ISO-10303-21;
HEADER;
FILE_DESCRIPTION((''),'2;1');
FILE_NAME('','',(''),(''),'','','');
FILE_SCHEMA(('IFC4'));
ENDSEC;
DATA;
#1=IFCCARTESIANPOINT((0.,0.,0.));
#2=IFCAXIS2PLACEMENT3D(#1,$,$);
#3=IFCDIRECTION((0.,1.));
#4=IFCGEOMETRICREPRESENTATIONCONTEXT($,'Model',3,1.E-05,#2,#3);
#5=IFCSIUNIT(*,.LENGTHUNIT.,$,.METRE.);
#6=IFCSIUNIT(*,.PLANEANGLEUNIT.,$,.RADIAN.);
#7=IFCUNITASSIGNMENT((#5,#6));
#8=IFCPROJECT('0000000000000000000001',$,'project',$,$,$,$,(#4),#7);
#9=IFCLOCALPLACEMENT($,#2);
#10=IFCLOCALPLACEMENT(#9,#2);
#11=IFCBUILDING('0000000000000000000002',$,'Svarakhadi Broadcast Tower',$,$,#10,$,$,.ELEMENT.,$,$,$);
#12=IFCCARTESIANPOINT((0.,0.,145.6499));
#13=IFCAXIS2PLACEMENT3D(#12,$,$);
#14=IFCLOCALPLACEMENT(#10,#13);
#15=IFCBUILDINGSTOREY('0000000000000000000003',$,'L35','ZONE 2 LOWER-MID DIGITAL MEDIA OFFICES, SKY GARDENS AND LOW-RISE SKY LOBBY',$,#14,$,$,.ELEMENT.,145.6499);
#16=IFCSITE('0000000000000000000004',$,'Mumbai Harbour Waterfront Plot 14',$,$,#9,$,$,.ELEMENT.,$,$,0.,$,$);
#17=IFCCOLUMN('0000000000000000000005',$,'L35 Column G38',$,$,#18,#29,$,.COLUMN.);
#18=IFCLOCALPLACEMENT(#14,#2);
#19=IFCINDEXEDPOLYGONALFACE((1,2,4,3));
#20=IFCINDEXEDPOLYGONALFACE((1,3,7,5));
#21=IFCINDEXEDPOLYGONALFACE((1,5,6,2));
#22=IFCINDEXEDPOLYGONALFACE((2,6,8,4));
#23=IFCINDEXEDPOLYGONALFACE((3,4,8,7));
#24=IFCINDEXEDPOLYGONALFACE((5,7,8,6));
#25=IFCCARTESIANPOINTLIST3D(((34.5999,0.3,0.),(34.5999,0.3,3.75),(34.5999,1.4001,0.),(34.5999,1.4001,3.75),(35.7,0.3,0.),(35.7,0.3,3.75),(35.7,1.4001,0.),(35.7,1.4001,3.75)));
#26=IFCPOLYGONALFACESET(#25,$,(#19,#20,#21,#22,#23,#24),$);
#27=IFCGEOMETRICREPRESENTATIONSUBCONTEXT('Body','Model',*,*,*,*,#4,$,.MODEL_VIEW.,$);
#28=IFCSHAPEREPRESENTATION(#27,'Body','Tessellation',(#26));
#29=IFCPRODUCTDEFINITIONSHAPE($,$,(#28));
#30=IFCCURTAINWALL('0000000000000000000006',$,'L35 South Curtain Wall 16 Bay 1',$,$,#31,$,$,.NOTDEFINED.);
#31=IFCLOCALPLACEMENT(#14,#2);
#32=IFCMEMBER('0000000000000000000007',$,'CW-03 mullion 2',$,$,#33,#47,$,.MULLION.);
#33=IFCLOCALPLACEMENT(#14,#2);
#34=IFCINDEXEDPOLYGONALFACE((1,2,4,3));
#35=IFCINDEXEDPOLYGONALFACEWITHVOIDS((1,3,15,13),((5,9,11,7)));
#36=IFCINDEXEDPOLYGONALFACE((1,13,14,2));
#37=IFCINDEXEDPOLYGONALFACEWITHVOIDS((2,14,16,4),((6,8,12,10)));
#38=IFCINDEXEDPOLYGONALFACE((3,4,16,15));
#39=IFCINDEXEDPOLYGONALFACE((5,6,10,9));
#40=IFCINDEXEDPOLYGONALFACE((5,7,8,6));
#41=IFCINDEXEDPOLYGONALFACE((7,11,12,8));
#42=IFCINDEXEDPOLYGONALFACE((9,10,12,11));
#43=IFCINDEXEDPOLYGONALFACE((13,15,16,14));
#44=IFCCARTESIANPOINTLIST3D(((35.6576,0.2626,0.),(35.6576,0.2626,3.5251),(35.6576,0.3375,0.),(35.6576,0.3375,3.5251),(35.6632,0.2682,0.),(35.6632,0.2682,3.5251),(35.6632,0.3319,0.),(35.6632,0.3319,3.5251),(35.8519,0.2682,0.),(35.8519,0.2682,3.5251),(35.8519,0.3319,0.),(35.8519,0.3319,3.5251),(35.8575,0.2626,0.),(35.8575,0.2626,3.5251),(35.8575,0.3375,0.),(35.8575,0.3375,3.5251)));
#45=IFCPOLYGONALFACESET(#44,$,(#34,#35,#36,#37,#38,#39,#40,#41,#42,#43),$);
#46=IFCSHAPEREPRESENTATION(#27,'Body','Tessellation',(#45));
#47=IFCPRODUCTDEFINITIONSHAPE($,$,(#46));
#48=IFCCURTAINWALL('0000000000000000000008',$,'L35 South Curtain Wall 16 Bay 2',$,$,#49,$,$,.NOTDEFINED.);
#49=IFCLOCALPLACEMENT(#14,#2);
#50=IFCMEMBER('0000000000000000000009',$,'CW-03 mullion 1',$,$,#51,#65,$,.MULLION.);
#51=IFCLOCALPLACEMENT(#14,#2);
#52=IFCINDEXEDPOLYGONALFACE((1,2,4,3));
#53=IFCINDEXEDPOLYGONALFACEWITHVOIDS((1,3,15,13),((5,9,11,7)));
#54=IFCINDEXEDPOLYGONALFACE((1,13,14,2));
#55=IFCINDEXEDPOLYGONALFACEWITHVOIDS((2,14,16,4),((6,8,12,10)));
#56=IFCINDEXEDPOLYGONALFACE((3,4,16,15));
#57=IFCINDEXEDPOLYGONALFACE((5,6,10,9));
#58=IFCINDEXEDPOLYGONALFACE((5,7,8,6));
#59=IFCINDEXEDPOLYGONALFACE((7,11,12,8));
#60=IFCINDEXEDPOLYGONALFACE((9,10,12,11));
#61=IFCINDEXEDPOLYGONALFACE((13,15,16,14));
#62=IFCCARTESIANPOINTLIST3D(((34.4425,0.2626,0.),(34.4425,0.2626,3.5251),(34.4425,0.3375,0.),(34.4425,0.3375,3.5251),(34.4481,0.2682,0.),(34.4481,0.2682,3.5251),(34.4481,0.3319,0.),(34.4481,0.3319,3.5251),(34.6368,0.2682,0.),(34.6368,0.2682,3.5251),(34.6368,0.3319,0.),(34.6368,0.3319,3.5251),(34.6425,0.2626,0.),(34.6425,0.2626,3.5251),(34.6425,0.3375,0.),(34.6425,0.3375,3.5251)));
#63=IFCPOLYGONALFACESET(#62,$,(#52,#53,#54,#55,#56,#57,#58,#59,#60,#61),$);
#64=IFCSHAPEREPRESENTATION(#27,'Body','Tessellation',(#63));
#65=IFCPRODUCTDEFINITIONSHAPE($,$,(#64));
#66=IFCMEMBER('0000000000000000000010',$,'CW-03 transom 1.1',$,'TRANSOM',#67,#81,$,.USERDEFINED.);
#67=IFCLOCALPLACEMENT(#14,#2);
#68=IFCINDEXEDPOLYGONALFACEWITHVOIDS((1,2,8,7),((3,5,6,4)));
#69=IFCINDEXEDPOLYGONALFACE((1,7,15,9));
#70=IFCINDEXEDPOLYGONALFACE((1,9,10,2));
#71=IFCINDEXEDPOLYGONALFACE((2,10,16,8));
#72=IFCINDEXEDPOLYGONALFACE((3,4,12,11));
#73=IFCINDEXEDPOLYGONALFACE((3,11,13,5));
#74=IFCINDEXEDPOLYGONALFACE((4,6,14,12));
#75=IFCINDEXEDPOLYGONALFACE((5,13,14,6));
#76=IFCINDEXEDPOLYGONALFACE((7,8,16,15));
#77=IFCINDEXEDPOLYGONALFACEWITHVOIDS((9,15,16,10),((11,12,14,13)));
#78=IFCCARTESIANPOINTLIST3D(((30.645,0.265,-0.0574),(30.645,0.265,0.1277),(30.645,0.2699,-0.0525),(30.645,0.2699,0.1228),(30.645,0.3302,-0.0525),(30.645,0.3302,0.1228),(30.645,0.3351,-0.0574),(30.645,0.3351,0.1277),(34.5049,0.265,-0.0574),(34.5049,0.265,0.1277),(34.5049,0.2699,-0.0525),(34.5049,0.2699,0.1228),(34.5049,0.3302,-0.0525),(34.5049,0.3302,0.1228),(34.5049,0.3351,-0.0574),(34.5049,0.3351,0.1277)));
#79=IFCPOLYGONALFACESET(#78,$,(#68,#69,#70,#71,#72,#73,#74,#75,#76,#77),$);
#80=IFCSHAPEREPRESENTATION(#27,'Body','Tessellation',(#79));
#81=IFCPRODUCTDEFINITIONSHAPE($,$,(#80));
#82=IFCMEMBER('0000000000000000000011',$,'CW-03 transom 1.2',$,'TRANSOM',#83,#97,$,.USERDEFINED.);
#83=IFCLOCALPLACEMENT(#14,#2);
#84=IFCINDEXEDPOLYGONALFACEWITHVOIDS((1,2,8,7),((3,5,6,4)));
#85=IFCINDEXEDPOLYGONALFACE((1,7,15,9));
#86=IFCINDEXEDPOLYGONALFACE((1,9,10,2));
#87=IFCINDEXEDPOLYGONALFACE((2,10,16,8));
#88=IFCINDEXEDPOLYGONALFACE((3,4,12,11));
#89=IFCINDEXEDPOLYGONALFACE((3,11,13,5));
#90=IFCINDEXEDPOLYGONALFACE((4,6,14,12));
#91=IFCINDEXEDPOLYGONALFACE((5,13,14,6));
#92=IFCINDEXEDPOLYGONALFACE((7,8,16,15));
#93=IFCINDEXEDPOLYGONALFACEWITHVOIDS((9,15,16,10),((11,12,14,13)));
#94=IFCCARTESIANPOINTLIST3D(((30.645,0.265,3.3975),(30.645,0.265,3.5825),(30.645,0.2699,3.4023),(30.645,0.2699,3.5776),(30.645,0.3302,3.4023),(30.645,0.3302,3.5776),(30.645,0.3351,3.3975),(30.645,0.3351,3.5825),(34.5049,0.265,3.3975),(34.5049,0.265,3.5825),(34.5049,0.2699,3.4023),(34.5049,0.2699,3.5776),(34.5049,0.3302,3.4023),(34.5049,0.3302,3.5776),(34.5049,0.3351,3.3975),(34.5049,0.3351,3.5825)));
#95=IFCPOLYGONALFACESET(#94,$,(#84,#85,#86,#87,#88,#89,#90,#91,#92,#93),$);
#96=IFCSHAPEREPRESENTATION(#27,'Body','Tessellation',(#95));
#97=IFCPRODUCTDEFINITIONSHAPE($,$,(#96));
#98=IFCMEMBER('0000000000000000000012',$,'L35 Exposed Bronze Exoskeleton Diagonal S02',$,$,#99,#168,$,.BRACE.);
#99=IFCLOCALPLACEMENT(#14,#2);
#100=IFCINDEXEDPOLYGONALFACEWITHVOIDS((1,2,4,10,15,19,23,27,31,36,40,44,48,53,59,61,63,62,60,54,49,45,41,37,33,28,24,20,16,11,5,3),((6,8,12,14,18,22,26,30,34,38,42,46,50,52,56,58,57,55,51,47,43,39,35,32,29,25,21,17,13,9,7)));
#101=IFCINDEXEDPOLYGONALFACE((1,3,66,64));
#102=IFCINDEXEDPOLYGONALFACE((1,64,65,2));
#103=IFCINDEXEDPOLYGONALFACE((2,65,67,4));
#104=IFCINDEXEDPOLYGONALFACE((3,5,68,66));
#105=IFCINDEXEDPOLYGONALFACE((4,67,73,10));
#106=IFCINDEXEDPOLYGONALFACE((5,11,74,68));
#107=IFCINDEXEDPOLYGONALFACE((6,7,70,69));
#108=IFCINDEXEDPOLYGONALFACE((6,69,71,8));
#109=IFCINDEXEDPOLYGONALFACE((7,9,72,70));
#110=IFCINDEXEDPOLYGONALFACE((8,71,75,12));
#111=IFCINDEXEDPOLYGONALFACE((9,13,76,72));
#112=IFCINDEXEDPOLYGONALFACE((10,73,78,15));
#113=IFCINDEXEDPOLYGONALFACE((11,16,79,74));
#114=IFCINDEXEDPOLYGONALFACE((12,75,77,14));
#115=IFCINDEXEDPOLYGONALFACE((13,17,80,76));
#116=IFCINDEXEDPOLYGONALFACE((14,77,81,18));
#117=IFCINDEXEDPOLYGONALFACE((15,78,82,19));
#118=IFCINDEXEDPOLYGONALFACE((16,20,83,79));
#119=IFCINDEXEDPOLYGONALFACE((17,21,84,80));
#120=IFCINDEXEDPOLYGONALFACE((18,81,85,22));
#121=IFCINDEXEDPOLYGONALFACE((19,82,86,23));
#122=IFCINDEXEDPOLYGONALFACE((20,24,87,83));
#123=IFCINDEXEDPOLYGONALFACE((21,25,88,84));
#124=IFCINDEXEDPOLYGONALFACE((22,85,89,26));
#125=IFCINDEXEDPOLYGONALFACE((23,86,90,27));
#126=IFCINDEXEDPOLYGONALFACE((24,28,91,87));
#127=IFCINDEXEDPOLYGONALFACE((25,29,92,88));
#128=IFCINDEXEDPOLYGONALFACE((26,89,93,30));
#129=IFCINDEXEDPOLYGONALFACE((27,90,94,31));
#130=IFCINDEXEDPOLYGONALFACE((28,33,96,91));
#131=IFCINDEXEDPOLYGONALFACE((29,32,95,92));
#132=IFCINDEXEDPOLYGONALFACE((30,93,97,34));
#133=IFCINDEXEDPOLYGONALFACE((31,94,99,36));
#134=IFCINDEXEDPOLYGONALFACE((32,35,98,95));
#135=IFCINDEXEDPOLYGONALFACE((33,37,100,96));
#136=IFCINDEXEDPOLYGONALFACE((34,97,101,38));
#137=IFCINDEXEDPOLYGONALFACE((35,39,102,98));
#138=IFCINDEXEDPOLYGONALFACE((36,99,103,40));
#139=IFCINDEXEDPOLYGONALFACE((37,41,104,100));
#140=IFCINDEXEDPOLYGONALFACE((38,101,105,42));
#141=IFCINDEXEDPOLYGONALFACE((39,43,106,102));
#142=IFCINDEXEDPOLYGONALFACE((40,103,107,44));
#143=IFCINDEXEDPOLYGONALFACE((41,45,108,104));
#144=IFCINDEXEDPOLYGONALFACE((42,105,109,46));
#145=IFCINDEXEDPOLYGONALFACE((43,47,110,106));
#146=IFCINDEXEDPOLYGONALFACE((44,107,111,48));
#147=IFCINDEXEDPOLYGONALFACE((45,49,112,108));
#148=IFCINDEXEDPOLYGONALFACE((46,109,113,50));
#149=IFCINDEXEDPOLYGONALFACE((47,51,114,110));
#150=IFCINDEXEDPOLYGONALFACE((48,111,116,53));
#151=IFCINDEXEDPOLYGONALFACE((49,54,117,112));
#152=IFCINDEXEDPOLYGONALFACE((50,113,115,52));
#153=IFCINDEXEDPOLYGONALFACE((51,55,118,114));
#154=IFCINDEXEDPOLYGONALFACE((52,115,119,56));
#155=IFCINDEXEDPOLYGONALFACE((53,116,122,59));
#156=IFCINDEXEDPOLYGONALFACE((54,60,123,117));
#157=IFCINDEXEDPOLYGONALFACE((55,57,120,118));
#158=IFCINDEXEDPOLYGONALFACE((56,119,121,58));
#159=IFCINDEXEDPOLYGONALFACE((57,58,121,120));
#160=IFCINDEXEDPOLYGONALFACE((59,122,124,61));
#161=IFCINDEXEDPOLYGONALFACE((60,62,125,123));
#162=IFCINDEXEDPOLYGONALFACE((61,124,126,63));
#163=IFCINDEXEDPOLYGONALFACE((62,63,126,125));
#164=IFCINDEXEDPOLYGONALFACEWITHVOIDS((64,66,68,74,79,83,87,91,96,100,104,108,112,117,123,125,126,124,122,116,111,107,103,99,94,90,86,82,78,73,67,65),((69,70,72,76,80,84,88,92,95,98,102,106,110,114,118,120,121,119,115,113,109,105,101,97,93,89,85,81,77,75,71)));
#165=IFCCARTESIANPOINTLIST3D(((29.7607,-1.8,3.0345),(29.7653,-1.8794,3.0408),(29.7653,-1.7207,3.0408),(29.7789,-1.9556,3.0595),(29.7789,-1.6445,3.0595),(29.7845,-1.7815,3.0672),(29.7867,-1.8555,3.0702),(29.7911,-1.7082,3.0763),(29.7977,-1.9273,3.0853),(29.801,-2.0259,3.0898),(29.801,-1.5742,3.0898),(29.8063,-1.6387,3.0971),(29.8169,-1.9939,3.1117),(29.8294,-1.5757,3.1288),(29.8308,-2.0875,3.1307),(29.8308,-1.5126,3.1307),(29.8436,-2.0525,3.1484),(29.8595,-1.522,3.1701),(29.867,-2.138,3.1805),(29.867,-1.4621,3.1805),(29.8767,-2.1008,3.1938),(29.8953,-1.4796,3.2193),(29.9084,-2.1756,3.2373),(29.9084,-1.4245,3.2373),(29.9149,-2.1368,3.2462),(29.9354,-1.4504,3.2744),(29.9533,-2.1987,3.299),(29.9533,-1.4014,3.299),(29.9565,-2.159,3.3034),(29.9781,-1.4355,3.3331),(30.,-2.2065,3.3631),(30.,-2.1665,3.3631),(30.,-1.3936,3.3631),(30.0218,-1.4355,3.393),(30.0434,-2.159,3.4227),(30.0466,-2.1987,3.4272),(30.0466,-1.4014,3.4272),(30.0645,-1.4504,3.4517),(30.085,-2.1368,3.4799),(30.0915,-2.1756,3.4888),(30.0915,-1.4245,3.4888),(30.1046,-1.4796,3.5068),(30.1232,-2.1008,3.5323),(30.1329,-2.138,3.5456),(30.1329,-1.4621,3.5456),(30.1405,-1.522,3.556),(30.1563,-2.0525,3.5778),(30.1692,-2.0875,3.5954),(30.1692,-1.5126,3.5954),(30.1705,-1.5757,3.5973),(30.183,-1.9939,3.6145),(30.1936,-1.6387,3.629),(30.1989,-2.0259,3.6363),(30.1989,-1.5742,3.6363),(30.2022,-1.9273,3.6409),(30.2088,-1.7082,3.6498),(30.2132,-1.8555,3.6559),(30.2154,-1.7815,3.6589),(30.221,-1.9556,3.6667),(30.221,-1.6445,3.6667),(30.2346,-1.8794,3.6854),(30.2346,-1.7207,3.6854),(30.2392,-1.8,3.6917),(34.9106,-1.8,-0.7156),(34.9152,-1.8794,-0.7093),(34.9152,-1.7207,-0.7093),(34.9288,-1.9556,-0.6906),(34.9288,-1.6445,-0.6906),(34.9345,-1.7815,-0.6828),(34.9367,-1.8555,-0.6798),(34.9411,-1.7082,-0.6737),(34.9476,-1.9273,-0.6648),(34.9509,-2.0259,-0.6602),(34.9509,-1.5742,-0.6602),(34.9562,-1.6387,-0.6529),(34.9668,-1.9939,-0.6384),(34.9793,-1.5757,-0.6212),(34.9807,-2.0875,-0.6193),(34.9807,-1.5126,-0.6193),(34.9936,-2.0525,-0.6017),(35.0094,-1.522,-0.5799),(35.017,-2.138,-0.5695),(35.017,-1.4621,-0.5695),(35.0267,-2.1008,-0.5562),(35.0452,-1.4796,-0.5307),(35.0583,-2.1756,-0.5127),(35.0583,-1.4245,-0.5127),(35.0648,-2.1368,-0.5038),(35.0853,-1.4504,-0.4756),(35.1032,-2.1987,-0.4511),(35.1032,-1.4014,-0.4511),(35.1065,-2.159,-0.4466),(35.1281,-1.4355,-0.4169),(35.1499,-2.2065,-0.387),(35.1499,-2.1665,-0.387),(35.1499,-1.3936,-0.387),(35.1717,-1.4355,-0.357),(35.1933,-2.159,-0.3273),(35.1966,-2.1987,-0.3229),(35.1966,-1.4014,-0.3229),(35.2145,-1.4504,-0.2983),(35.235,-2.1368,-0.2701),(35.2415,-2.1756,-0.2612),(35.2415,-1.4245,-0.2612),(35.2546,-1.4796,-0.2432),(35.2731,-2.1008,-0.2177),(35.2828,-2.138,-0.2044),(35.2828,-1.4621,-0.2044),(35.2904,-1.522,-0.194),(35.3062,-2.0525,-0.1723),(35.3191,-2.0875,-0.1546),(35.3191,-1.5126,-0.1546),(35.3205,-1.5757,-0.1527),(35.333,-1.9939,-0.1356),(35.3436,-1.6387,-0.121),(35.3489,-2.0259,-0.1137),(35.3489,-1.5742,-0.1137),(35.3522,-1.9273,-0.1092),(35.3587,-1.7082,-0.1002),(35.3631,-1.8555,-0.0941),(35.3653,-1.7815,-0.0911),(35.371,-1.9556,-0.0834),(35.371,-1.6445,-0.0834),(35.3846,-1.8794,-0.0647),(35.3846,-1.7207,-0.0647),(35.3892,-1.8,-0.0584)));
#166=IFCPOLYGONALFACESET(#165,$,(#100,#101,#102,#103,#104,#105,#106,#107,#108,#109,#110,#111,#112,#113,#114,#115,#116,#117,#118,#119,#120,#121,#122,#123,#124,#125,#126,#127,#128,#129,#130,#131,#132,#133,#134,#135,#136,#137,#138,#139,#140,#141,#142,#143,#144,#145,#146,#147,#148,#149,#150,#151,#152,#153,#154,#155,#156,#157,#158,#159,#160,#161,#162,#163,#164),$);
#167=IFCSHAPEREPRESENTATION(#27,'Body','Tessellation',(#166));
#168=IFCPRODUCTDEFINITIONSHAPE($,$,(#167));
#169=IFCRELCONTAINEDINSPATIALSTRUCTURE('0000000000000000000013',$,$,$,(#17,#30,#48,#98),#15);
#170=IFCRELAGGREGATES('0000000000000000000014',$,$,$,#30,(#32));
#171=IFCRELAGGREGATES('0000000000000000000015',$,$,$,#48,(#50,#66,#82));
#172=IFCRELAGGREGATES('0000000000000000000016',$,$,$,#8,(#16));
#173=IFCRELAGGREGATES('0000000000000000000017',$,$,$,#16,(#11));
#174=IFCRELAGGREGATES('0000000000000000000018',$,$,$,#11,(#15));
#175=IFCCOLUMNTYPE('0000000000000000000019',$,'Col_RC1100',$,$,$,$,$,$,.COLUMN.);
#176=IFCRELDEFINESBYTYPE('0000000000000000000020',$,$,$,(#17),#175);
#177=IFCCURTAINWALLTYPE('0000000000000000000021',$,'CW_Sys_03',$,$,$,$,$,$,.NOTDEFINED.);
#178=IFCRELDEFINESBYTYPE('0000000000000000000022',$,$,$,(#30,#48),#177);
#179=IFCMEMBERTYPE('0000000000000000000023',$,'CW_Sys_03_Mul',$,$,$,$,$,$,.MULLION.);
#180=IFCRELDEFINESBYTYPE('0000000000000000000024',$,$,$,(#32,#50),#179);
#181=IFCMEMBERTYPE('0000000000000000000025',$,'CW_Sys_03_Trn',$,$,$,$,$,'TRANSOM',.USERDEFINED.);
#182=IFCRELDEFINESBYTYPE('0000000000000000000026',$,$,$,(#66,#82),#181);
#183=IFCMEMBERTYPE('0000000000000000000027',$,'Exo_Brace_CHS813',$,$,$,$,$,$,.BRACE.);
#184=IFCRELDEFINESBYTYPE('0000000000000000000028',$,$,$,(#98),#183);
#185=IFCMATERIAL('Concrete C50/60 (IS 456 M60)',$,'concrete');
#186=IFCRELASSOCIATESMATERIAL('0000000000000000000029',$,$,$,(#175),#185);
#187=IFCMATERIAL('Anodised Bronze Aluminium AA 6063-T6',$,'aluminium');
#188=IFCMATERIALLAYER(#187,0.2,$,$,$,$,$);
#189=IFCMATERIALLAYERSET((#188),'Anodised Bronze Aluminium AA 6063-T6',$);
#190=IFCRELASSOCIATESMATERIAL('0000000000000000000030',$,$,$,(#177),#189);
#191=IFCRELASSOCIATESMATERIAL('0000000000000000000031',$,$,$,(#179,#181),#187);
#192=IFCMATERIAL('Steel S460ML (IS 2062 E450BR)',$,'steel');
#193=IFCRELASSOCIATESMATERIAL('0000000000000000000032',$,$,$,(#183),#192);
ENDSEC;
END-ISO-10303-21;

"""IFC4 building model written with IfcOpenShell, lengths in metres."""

from ifc_helpers import new_model, si_unit, direction, frame, origin, origin_2d, place, context, subcontext, project, spatial, rectangle, hollow_rectangle, hollow_circle, extrude, material, layer, layer_set, material_profile, profile_set, type_object, element, aggregate, save


model = new_model("IFC4")

# Units and contexts
model_context = context("Model", 3, precision=1e-05, world=origin(), true_north=direction((0.0, 1.0)))
body_context = subcontext(model_context, "Body", "Model", "MODEL_VIEW")
ifc_project = project(units=[si_unit("LENGTHUNIT", "METRE"), si_unit("PLANEANGLEUNIT", "RADIAN")], contexts=[model_context])

# Site, building, storey
site_placement = place(None, origin())
site = spatial("IfcSite", under=ifc_project, at=site_placement, Name="Mumbai Harbour Waterfront Plot 14", CompositionType="ELEMENT", RefElevation=0.0)
building_placement = place(site_placement, origin())
building = spatial("IfcBuilding", under=site, at=building_placement, Name="Svarakhadi Broadcast Tower", CompositionType="ELEMENT")
storey_placement = place(building_placement, frame((0.0, 0.0, 145.6499)))
storey = spatial("IfcBuildingStorey", under=building, at=storey_placement, Name="L35", Description="ZONE 2 LOWER-MID DIGITAL MEDIA OFFICES, SKY GARDENS AND LOW-RISE SKY LOBBY", CompositionType="ELEMENT", Elevation=145.6499)

# Column
ifc_material_1 = material(Name="Concrete C50/60 (IS 456 M60)", Category="concrete")
ifc_material_profile_1 = material_profile(ifc_material_1, rectangle(XDim=1.1001, YDim=1.1001, at=origin_2d()), Name="RC 1100x1100")
ifc_profile_set_1 = profile_set([ifc_material_profile_1], Name="Concrete C50/60 (IS 456 M60)")
column_type = type_object("IfcColumnType", Name="Col_RC1100", PredefinedType="COLUMN", material=ifc_profile_set_1)
column_placement = place(storey_placement, frame((35.1499, 0.8501, 0.0), z_axis=(0.0, 0.0, 1.0), x_axis=(1.0, 0.0, 0.0)))
element("IfcColumn", 1, at=column_placement, inside=storey, type_object=column_type, Name="L35 Column G38", PredefinedType="COLUMN", context=body_context, shape_type="SweptSolid", body=[
    extrude(rectangle(XDim=1.1001, YDim=1.1001, at=origin_2d()), origin(), (0.0, 0.0, 1.0), 3.75),
])

# Curtain wall, member
ifc_material_2 = material(Name="Anodised Bronze Aluminium AA 6063-T6", Category="aluminium")
ifc_layer_1 = layer(ifc_material_2, 0.2)
ifc_layer_set_1 = layer_set([ifc_layer_1], Name="Anodised Bronze Aluminium AA 6063-T6")
curtain_wall_type = type_object("IfcCurtainWallType", Name="CW_Sys_03", PredefinedType="NOTDEFINED", material=ifc_layer_set_1)
curtain_wall_1_placement = place(storey_placement, origin())
curtain_wall_1 = element("IfcCurtainWall", 2, at=curtain_wall_1_placement, inside=storey, type_object=curtain_wall_type, Name="L35 South Curtain Wall 16 Bay 1", PredefinedType="NOTDEFINED")
ifc_material_profile_2 = material_profile(ifc_material_2, hollow_rectangle(XDim=0.075, YDim=0.2, WallThickness=0.0056, at=origin_2d()), Name="ALU MULLION 200x75x6")
ifc_profile_set_2 = profile_set([ifc_material_profile_2], Name="Anodised Bronze Aluminium AA 6063-T6")
member_type_1 = type_object("IfcMemberType", Name="CW_Sys_03_Mul", PredefinedType="MULLION", material=ifc_profile_set_2)
member_1_placement = place(storey_placement, frame((35.7576, 0.3, 0.0), z_axis=(0.0, 0.0, 1.0), x_axis=(0.0, -1.0, 0.0)))
member_1 = element("IfcMember", 3, at=member_1_placement, type_object=member_type_1, Name="CW-03 mullion 2", PredefinedType="MULLION", context=body_context, shape_type="SweptSolid", body=[
    extrude(hollow_rectangle(XDim=0.075, YDim=0.2, WallThickness=0.0056, at=origin_2d()), origin(), (0.0, 0.0, 1.0), 3.5251),
])
aggregate(curtain_wall_1, [member_1])

# Curtain wall, members
curtain_wall_2_placement = place(storey_placement, origin())
curtain_wall_2 = element("IfcCurtainWall", 4, at=curtain_wall_2_placement, inside=storey, type_object=curtain_wall_type, Name="L35 South Curtain Wall 16 Bay 2", PredefinedType="NOTDEFINED")
member_2_placement = place(storey_placement, frame((34.5425, 0.3, 0.0), z_axis=(0.0, 0.0, 1.0), x_axis=(0.0, -1.0, 0.0)))
member_2 = element("IfcMember", 5, at=member_2_placement, type_object=member_type_1, Name="CW-03 mullion 1", PredefinedType="MULLION", context=body_context, shape_type="SweptSolid", body=[
    extrude(hollow_rectangle(XDim=0.075, YDim=0.2, WallThickness=0.0056, at=origin_2d()), origin(), (0.0, 0.0, 1.0), 3.5251),
])
ifc_material_profile_3 = material_profile(ifc_material_2, hollow_rectangle(XDim=0.0701, YDim=0.1851, WallThickness=0.0049, at=origin_2d()), Name="ALU TRANSOM 185x70x5")
ifc_profile_set_3 = profile_set([ifc_material_profile_3], Name="Anodised Bronze Aluminium AA 6063-T6")
member_type_2 = type_object("IfcMemberType", Name="CW_Sys_03_Trn", ElementType="TRANSOM", PredefinedType="USERDEFINED", material=ifc_profile_set_3)
member_3_placement = place(storey_placement, frame((34.5049, 0.3, 0.0352), z_axis=(-1.0, 0.0, 0.0), x_axis=(0.0, -1.0, 0.0)))
member_3 = element("IfcMember", 6, at=member_3_placement, type_object=member_type_2, Name="CW-03 transom 1.1", ObjectType="TRANSOM", PredefinedType="USERDEFINED", context=body_context, shape_type="SweptSolid", body=[
    extrude(hollow_rectangle(XDim=0.0701, YDim=0.1851, WallThickness=0.0049, at=origin_2d()), origin(), (0.0, 0.0, 1.0), 3.8599),
])
member_4_placement = place(storey_placement, frame((34.5049, 0.3, 3.49), z_axis=(-1.0, 0.0, 0.0), x_axis=(0.0, -1.0, 0.0)))
member_4 = element("IfcMember", 7, at=member_4_placement, type_object=member_type_2, Name="CW-03 transom 1.2", ObjectType="TRANSOM", PredefinedType="USERDEFINED", context=body_context, shape_type="SweptSolid", body=[
    extrude(hollow_rectangle(XDim=0.0701, YDim=0.1851, WallThickness=0.0049, at=origin_2d()), origin(), (0.0, 0.0, 1.0), 3.8599),
])
aggregate(curtain_wall_2, [member_2, member_3, member_4])

# Member
ifc_material_3 = material(Name="Steel S460ML (IS 2062 E450BR)", Category="steel")
ifc_material_profile_4 = material_profile(ifc_material_3, hollow_circle(Radius=0.4065, WallThickness=0.04, at=origin_2d()), Name="CHS 813x40")
ifc_profile_set_4 = profile_set([ifc_material_profile_4], Name="Steel S460ML (IS 2062 E450BR)")
member_type_3 = type_object("IfcMemberType", Name="Exo_Brace_CHS813", PredefinedType="BRACE", material=ifc_profile_set_4)
member_5_placement = place(storey_placement, frame((35.1499, -1.8, -0.387), z_axis=(-0.808391, 0.0, 0.588646), x_axis=(0.0, -1.0, 0.0)))
element("IfcMember", 8, at=member_5_placement, inside=storey, type_object=member_type_3, Name="L35 Exposed Bronze Exoskeleton Diagonal S02", PredefinedType="BRACE", context=body_context, shape_type="SweptSolid", body=[
    extrude(hollow_circle(Radius=0.4065, WallThickness=0.04, at=origin_2d()), origin(), (0.0, 0.0, 1.0), 6.3706),
])

save(model, "model.ifc")
